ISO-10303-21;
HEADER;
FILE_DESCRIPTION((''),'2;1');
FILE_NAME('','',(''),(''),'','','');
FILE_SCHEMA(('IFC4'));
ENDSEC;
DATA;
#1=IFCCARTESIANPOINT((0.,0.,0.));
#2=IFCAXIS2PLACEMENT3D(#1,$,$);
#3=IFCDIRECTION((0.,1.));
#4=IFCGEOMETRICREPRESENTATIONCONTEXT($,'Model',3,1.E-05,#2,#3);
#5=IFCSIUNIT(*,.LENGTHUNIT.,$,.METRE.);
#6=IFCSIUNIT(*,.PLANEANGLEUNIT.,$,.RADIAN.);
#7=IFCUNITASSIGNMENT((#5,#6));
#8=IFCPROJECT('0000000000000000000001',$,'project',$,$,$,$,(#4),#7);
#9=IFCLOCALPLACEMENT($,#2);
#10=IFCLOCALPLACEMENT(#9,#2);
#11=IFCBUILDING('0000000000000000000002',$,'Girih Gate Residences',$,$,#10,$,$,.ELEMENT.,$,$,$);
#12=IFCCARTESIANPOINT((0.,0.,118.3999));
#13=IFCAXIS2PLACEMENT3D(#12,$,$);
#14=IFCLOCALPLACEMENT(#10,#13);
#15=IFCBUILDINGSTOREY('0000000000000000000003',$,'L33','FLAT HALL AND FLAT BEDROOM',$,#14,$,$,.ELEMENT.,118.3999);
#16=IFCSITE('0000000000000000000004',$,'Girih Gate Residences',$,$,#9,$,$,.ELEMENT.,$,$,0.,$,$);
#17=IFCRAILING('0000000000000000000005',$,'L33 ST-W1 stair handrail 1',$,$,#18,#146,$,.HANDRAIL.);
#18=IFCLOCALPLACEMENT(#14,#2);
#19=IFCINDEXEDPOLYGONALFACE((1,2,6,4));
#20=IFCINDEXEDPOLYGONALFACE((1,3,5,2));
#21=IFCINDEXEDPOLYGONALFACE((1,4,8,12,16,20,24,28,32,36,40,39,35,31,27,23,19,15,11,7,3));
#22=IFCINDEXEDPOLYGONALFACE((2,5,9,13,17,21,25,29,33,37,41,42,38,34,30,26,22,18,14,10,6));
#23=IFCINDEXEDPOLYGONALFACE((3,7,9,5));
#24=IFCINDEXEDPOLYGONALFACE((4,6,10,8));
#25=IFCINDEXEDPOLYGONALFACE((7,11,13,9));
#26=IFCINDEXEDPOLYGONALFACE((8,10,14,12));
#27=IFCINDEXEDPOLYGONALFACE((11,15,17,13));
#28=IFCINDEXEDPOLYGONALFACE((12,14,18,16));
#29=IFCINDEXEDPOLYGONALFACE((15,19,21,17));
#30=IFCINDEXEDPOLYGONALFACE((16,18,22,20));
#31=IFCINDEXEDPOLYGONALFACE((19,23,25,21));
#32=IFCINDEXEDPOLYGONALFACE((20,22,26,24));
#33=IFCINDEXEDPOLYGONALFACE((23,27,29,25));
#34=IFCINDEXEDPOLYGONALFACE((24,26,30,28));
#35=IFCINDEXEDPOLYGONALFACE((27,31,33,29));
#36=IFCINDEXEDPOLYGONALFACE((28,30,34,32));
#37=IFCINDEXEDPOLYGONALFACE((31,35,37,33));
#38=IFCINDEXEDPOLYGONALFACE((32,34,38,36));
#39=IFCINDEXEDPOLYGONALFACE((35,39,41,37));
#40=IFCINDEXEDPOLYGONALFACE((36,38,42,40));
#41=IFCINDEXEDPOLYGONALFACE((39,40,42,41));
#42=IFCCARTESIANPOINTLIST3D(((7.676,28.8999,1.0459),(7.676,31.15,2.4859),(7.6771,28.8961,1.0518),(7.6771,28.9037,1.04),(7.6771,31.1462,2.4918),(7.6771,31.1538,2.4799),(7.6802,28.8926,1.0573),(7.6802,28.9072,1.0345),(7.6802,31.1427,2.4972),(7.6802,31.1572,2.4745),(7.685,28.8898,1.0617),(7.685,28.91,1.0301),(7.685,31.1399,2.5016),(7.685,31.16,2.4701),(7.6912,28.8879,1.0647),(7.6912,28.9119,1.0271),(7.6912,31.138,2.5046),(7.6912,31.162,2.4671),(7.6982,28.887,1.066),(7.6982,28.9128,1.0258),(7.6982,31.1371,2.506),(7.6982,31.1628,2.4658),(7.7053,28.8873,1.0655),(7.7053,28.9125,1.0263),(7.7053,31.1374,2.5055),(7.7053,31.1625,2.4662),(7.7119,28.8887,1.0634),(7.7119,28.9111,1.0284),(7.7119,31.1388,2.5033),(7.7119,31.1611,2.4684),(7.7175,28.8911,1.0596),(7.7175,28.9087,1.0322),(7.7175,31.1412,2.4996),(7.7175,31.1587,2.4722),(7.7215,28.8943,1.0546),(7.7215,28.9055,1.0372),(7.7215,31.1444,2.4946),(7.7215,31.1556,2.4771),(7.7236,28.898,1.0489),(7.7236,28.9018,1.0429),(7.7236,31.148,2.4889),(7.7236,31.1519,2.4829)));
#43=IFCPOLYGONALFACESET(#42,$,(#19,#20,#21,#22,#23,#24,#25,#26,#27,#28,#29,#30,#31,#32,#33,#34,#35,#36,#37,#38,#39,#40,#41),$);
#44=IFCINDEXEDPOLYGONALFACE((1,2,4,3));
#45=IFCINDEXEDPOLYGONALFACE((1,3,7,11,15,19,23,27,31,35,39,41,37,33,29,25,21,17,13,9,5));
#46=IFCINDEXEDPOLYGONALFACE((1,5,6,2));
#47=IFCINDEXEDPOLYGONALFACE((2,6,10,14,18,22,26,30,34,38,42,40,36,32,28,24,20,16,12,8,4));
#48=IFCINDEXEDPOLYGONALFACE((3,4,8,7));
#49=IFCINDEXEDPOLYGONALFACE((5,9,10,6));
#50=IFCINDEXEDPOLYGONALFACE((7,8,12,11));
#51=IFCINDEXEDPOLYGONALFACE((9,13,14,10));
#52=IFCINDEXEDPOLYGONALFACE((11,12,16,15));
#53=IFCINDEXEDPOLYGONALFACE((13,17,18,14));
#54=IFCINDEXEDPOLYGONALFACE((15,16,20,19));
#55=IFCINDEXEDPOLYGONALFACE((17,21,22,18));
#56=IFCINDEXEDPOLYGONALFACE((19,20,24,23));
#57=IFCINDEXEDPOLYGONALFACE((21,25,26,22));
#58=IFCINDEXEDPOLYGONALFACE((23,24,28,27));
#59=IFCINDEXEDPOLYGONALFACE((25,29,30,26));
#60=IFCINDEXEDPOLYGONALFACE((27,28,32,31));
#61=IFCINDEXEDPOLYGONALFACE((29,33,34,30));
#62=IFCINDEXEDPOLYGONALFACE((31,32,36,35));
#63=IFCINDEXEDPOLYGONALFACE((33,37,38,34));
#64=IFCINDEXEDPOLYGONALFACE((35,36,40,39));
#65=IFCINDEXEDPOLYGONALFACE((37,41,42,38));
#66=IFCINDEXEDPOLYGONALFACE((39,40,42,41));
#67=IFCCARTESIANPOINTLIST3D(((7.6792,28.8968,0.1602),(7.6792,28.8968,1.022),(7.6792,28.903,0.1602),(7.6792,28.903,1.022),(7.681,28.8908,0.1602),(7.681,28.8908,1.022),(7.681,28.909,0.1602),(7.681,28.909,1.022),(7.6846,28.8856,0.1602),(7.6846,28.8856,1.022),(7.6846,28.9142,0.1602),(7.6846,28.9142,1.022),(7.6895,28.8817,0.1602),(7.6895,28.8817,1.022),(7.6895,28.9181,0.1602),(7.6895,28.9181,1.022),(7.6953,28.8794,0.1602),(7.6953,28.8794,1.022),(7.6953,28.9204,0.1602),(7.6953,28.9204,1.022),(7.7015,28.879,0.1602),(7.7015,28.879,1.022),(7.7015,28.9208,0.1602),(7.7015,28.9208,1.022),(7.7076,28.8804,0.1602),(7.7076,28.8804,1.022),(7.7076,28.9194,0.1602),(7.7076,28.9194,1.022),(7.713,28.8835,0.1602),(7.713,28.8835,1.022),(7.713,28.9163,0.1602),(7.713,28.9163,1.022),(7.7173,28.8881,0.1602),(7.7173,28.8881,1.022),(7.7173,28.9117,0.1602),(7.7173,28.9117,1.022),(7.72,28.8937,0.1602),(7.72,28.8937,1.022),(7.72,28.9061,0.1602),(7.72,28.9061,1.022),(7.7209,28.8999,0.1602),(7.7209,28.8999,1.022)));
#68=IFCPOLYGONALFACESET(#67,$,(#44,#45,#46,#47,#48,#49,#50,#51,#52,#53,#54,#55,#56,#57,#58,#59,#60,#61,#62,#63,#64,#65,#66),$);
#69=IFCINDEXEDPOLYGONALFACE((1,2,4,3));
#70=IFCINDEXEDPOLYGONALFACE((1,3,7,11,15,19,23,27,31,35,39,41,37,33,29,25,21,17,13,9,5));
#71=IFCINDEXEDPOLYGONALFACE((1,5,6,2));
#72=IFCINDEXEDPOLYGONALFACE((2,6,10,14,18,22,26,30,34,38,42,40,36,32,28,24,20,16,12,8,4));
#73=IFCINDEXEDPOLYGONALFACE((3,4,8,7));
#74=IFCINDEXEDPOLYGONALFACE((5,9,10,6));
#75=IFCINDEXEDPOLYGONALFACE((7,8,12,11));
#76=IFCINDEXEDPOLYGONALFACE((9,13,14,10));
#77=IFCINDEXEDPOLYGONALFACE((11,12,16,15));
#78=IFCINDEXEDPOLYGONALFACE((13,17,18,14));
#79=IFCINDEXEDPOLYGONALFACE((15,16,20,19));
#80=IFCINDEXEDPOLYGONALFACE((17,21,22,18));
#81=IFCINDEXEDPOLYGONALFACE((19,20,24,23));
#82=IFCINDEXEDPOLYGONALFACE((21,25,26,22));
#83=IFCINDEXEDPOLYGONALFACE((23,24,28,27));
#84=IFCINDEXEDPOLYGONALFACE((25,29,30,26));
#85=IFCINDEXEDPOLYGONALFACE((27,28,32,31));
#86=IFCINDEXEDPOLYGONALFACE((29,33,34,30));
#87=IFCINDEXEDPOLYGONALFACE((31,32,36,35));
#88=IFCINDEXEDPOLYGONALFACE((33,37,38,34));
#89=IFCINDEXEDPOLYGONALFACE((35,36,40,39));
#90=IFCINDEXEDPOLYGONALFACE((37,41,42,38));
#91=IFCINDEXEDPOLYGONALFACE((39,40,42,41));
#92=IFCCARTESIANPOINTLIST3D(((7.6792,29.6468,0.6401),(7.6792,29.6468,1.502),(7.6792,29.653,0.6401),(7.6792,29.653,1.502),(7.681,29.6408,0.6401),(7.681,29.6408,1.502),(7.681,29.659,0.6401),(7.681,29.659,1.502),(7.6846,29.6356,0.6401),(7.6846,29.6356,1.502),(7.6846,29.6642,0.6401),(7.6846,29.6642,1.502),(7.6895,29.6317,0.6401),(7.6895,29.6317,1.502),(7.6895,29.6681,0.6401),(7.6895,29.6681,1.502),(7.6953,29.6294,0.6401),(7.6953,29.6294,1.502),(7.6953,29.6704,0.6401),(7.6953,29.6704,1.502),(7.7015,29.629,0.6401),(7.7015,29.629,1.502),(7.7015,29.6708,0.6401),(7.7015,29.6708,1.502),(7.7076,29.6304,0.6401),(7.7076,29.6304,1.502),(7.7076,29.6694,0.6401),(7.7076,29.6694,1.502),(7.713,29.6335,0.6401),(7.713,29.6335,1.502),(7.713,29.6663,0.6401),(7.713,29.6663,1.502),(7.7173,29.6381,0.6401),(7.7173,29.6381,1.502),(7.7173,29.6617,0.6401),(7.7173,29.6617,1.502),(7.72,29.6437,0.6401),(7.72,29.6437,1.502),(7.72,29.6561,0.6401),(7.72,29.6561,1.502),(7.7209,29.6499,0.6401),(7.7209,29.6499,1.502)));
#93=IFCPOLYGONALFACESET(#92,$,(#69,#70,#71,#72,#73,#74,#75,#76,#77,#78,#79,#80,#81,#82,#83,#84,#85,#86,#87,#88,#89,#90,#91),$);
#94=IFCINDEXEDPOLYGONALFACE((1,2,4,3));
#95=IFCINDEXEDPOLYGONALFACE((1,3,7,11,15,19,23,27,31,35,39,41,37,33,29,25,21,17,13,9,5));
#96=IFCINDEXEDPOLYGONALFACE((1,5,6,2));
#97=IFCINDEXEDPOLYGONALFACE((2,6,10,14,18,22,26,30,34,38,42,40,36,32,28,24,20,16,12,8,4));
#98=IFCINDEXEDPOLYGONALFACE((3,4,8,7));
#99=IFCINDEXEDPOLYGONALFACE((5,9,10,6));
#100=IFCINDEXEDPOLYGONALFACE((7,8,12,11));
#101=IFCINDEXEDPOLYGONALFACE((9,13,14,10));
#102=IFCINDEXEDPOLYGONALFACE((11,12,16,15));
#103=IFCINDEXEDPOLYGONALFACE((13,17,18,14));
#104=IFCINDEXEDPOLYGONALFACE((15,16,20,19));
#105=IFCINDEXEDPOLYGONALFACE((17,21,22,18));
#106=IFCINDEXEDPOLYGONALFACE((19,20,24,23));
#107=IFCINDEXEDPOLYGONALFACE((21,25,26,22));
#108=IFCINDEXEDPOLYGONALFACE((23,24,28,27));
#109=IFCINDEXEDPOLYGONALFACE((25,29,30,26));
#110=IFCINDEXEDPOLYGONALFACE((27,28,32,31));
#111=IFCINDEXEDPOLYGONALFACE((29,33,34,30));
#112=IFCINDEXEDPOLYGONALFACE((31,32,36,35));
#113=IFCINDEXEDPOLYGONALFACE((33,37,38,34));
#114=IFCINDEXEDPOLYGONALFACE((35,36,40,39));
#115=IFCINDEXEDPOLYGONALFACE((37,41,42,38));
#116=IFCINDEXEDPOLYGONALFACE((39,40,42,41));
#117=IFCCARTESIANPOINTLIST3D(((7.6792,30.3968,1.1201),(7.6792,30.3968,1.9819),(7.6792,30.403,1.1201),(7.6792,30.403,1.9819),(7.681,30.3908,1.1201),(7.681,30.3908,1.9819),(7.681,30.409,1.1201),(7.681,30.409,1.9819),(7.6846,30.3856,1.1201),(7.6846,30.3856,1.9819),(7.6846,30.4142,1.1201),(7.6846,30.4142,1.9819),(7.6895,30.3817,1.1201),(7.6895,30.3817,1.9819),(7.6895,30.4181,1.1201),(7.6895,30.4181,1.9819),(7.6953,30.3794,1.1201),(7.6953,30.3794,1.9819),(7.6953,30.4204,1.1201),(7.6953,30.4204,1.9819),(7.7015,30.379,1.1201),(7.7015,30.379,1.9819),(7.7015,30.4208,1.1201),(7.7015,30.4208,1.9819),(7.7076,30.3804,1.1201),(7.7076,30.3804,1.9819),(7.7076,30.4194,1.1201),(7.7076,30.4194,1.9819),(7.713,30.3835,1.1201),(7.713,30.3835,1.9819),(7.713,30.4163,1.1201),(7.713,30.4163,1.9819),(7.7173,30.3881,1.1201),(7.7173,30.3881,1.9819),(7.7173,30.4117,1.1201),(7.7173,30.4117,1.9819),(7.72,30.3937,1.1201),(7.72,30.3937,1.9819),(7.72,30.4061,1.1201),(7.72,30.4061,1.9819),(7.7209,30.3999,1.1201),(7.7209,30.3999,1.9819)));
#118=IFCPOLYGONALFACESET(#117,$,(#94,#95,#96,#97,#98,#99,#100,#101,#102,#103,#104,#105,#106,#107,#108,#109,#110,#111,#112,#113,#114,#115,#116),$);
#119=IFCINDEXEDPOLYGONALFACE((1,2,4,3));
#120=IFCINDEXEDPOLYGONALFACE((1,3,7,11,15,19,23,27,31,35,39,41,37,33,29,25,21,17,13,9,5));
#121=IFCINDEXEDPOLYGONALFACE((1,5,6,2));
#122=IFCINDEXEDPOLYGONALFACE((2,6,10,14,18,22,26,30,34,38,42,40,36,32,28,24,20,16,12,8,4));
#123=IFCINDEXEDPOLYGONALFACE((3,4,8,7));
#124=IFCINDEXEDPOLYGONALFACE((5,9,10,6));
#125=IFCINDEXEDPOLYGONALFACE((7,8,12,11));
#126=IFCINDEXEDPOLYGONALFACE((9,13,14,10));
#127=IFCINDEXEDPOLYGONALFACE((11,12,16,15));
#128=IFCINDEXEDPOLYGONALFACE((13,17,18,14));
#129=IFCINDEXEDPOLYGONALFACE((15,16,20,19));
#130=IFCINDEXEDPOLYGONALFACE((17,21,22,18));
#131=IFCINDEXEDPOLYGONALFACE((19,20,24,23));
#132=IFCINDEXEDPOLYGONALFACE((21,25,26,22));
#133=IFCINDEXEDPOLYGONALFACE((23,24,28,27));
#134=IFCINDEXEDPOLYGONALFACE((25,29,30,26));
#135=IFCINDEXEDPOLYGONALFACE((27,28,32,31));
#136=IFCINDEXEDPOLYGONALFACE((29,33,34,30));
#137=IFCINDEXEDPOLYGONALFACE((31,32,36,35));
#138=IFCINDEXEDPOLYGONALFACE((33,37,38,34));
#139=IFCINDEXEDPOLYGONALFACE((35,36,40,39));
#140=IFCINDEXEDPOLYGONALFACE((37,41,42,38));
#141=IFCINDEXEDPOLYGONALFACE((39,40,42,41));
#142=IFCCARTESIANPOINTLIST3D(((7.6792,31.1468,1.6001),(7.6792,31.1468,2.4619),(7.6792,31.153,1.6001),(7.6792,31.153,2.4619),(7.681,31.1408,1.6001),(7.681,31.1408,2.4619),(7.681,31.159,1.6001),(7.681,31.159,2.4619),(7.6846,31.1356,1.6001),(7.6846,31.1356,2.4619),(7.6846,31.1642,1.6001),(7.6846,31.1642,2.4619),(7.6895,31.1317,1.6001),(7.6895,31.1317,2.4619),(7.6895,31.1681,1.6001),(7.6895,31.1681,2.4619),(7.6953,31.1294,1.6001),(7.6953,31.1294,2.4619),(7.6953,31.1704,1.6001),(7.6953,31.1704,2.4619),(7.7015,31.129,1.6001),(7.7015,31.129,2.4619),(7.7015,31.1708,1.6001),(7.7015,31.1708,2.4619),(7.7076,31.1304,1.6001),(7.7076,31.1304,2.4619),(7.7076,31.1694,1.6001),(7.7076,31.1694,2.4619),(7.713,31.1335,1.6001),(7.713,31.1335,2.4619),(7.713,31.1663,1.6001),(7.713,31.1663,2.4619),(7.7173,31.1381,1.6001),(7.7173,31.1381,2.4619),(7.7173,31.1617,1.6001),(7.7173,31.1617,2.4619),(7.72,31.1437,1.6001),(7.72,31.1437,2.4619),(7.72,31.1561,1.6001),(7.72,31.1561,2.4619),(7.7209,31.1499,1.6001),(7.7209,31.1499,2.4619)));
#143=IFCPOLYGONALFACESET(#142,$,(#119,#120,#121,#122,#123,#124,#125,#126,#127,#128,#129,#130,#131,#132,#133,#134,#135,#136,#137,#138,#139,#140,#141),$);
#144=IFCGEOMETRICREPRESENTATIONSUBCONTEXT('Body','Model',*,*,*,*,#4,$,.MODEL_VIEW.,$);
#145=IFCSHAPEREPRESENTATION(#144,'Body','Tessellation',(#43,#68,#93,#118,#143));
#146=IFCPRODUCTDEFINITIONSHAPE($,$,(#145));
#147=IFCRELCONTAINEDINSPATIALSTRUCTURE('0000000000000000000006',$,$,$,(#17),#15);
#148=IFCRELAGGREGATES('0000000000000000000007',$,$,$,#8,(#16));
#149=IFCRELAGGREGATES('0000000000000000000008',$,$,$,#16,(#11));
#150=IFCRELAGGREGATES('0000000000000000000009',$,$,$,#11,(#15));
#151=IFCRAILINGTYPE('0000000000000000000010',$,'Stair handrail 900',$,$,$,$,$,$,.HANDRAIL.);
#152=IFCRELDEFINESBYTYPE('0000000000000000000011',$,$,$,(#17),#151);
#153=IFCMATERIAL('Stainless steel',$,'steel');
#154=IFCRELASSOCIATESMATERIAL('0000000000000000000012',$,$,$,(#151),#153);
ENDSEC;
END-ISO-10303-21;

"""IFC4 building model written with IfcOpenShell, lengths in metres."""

from ifc_helpers import new_model, si_unit, direction, frame, origin, origin_2d, place, context, subcontext, project, spatial, circle, extrude, material, type_object, element, save


model = new_model("IFC4")

# Units and contexts
model_context = context("Model", 3, precision=1e-05, world=origin(), true_north=direction((0.0, 1.0)))
body_context = subcontext(model_context, "Body", "Model", "MODEL_VIEW")
ifc_project = project(units=[si_unit("LENGTHUNIT", "METRE"), si_unit("PLANEANGLEUNIT", "RADIAN")], contexts=[model_context])

# Site, building, storey
site_placement = place(None, origin())
site = spatial("IfcSite", under=ifc_project, at=site_placement, Name="Girih Gate Residences", CompositionType="ELEMENT", RefElevation=0.0)
building_placement = place(site_placement, origin())
building = spatial("IfcBuilding", under=site, at=building_placement, Name="Girih Gate Residences", CompositionType="ELEMENT")
storey_placement = place(building_placement, frame((0.0, 0.0, 118.3999)))
storey = spatial("IfcBuildingStorey", under=building, at=storey_placement, Name="L33", Description="FLAT HALL AND FLAT BEDROOM", CompositionType="ELEMENT", Elevation=118.3999)

# Railing
ifc_material_1 = material(Name="Stainless steel", Category="steel")
railing_type_1 = type_object("IfcRailingType", Name="Stair handrail 900", PredefinedType="HANDRAIL", material=ifc_material_1)
railing_1_placement = place(storey_placement, frame((7.7, 28.8999, 0.1602)))
element("IfcRailing", 1, at=railing_1_placement, inside=storey, type_object=railing_type_1, Name="L33 ST-W1 stair handrail 1", PredefinedType="HANDRAIL", context=body_context, shape_type="SweptSolid", body=[
    extrude(circle(Radius=0.0239, at=origin_2d()), frame((0.0, 0.0, 0.8857), z_axis=(0.0, 0.842281, 0.539038), x_axis=(-1.0, 0.0, 0.0)), (0.0, 0.0, 1.0), 2.6714),
    extrude(circle(Radius=0.021, at=origin_2d()), origin(), (0.0, 0.0, 1.0), 0.8618),
    extrude(circle(Radius=0.021, at=origin_2d()), frame((0.0, 0.75, 0.48)), (0.0, 0.0, 1.0), 0.8618),
    extrude(circle(Radius=0.021, at=origin_2d()), frame((0.0, 1.5, 0.96)), (0.0, 0.0, 1.0), 0.8618),
    extrude(circle(Radius=0.021, at=origin_2d()), frame((0.0, 2.25, 1.4399)), (0.0, 0.0, 1.0), 0.8618),
])

save(model, "model.ifc")
